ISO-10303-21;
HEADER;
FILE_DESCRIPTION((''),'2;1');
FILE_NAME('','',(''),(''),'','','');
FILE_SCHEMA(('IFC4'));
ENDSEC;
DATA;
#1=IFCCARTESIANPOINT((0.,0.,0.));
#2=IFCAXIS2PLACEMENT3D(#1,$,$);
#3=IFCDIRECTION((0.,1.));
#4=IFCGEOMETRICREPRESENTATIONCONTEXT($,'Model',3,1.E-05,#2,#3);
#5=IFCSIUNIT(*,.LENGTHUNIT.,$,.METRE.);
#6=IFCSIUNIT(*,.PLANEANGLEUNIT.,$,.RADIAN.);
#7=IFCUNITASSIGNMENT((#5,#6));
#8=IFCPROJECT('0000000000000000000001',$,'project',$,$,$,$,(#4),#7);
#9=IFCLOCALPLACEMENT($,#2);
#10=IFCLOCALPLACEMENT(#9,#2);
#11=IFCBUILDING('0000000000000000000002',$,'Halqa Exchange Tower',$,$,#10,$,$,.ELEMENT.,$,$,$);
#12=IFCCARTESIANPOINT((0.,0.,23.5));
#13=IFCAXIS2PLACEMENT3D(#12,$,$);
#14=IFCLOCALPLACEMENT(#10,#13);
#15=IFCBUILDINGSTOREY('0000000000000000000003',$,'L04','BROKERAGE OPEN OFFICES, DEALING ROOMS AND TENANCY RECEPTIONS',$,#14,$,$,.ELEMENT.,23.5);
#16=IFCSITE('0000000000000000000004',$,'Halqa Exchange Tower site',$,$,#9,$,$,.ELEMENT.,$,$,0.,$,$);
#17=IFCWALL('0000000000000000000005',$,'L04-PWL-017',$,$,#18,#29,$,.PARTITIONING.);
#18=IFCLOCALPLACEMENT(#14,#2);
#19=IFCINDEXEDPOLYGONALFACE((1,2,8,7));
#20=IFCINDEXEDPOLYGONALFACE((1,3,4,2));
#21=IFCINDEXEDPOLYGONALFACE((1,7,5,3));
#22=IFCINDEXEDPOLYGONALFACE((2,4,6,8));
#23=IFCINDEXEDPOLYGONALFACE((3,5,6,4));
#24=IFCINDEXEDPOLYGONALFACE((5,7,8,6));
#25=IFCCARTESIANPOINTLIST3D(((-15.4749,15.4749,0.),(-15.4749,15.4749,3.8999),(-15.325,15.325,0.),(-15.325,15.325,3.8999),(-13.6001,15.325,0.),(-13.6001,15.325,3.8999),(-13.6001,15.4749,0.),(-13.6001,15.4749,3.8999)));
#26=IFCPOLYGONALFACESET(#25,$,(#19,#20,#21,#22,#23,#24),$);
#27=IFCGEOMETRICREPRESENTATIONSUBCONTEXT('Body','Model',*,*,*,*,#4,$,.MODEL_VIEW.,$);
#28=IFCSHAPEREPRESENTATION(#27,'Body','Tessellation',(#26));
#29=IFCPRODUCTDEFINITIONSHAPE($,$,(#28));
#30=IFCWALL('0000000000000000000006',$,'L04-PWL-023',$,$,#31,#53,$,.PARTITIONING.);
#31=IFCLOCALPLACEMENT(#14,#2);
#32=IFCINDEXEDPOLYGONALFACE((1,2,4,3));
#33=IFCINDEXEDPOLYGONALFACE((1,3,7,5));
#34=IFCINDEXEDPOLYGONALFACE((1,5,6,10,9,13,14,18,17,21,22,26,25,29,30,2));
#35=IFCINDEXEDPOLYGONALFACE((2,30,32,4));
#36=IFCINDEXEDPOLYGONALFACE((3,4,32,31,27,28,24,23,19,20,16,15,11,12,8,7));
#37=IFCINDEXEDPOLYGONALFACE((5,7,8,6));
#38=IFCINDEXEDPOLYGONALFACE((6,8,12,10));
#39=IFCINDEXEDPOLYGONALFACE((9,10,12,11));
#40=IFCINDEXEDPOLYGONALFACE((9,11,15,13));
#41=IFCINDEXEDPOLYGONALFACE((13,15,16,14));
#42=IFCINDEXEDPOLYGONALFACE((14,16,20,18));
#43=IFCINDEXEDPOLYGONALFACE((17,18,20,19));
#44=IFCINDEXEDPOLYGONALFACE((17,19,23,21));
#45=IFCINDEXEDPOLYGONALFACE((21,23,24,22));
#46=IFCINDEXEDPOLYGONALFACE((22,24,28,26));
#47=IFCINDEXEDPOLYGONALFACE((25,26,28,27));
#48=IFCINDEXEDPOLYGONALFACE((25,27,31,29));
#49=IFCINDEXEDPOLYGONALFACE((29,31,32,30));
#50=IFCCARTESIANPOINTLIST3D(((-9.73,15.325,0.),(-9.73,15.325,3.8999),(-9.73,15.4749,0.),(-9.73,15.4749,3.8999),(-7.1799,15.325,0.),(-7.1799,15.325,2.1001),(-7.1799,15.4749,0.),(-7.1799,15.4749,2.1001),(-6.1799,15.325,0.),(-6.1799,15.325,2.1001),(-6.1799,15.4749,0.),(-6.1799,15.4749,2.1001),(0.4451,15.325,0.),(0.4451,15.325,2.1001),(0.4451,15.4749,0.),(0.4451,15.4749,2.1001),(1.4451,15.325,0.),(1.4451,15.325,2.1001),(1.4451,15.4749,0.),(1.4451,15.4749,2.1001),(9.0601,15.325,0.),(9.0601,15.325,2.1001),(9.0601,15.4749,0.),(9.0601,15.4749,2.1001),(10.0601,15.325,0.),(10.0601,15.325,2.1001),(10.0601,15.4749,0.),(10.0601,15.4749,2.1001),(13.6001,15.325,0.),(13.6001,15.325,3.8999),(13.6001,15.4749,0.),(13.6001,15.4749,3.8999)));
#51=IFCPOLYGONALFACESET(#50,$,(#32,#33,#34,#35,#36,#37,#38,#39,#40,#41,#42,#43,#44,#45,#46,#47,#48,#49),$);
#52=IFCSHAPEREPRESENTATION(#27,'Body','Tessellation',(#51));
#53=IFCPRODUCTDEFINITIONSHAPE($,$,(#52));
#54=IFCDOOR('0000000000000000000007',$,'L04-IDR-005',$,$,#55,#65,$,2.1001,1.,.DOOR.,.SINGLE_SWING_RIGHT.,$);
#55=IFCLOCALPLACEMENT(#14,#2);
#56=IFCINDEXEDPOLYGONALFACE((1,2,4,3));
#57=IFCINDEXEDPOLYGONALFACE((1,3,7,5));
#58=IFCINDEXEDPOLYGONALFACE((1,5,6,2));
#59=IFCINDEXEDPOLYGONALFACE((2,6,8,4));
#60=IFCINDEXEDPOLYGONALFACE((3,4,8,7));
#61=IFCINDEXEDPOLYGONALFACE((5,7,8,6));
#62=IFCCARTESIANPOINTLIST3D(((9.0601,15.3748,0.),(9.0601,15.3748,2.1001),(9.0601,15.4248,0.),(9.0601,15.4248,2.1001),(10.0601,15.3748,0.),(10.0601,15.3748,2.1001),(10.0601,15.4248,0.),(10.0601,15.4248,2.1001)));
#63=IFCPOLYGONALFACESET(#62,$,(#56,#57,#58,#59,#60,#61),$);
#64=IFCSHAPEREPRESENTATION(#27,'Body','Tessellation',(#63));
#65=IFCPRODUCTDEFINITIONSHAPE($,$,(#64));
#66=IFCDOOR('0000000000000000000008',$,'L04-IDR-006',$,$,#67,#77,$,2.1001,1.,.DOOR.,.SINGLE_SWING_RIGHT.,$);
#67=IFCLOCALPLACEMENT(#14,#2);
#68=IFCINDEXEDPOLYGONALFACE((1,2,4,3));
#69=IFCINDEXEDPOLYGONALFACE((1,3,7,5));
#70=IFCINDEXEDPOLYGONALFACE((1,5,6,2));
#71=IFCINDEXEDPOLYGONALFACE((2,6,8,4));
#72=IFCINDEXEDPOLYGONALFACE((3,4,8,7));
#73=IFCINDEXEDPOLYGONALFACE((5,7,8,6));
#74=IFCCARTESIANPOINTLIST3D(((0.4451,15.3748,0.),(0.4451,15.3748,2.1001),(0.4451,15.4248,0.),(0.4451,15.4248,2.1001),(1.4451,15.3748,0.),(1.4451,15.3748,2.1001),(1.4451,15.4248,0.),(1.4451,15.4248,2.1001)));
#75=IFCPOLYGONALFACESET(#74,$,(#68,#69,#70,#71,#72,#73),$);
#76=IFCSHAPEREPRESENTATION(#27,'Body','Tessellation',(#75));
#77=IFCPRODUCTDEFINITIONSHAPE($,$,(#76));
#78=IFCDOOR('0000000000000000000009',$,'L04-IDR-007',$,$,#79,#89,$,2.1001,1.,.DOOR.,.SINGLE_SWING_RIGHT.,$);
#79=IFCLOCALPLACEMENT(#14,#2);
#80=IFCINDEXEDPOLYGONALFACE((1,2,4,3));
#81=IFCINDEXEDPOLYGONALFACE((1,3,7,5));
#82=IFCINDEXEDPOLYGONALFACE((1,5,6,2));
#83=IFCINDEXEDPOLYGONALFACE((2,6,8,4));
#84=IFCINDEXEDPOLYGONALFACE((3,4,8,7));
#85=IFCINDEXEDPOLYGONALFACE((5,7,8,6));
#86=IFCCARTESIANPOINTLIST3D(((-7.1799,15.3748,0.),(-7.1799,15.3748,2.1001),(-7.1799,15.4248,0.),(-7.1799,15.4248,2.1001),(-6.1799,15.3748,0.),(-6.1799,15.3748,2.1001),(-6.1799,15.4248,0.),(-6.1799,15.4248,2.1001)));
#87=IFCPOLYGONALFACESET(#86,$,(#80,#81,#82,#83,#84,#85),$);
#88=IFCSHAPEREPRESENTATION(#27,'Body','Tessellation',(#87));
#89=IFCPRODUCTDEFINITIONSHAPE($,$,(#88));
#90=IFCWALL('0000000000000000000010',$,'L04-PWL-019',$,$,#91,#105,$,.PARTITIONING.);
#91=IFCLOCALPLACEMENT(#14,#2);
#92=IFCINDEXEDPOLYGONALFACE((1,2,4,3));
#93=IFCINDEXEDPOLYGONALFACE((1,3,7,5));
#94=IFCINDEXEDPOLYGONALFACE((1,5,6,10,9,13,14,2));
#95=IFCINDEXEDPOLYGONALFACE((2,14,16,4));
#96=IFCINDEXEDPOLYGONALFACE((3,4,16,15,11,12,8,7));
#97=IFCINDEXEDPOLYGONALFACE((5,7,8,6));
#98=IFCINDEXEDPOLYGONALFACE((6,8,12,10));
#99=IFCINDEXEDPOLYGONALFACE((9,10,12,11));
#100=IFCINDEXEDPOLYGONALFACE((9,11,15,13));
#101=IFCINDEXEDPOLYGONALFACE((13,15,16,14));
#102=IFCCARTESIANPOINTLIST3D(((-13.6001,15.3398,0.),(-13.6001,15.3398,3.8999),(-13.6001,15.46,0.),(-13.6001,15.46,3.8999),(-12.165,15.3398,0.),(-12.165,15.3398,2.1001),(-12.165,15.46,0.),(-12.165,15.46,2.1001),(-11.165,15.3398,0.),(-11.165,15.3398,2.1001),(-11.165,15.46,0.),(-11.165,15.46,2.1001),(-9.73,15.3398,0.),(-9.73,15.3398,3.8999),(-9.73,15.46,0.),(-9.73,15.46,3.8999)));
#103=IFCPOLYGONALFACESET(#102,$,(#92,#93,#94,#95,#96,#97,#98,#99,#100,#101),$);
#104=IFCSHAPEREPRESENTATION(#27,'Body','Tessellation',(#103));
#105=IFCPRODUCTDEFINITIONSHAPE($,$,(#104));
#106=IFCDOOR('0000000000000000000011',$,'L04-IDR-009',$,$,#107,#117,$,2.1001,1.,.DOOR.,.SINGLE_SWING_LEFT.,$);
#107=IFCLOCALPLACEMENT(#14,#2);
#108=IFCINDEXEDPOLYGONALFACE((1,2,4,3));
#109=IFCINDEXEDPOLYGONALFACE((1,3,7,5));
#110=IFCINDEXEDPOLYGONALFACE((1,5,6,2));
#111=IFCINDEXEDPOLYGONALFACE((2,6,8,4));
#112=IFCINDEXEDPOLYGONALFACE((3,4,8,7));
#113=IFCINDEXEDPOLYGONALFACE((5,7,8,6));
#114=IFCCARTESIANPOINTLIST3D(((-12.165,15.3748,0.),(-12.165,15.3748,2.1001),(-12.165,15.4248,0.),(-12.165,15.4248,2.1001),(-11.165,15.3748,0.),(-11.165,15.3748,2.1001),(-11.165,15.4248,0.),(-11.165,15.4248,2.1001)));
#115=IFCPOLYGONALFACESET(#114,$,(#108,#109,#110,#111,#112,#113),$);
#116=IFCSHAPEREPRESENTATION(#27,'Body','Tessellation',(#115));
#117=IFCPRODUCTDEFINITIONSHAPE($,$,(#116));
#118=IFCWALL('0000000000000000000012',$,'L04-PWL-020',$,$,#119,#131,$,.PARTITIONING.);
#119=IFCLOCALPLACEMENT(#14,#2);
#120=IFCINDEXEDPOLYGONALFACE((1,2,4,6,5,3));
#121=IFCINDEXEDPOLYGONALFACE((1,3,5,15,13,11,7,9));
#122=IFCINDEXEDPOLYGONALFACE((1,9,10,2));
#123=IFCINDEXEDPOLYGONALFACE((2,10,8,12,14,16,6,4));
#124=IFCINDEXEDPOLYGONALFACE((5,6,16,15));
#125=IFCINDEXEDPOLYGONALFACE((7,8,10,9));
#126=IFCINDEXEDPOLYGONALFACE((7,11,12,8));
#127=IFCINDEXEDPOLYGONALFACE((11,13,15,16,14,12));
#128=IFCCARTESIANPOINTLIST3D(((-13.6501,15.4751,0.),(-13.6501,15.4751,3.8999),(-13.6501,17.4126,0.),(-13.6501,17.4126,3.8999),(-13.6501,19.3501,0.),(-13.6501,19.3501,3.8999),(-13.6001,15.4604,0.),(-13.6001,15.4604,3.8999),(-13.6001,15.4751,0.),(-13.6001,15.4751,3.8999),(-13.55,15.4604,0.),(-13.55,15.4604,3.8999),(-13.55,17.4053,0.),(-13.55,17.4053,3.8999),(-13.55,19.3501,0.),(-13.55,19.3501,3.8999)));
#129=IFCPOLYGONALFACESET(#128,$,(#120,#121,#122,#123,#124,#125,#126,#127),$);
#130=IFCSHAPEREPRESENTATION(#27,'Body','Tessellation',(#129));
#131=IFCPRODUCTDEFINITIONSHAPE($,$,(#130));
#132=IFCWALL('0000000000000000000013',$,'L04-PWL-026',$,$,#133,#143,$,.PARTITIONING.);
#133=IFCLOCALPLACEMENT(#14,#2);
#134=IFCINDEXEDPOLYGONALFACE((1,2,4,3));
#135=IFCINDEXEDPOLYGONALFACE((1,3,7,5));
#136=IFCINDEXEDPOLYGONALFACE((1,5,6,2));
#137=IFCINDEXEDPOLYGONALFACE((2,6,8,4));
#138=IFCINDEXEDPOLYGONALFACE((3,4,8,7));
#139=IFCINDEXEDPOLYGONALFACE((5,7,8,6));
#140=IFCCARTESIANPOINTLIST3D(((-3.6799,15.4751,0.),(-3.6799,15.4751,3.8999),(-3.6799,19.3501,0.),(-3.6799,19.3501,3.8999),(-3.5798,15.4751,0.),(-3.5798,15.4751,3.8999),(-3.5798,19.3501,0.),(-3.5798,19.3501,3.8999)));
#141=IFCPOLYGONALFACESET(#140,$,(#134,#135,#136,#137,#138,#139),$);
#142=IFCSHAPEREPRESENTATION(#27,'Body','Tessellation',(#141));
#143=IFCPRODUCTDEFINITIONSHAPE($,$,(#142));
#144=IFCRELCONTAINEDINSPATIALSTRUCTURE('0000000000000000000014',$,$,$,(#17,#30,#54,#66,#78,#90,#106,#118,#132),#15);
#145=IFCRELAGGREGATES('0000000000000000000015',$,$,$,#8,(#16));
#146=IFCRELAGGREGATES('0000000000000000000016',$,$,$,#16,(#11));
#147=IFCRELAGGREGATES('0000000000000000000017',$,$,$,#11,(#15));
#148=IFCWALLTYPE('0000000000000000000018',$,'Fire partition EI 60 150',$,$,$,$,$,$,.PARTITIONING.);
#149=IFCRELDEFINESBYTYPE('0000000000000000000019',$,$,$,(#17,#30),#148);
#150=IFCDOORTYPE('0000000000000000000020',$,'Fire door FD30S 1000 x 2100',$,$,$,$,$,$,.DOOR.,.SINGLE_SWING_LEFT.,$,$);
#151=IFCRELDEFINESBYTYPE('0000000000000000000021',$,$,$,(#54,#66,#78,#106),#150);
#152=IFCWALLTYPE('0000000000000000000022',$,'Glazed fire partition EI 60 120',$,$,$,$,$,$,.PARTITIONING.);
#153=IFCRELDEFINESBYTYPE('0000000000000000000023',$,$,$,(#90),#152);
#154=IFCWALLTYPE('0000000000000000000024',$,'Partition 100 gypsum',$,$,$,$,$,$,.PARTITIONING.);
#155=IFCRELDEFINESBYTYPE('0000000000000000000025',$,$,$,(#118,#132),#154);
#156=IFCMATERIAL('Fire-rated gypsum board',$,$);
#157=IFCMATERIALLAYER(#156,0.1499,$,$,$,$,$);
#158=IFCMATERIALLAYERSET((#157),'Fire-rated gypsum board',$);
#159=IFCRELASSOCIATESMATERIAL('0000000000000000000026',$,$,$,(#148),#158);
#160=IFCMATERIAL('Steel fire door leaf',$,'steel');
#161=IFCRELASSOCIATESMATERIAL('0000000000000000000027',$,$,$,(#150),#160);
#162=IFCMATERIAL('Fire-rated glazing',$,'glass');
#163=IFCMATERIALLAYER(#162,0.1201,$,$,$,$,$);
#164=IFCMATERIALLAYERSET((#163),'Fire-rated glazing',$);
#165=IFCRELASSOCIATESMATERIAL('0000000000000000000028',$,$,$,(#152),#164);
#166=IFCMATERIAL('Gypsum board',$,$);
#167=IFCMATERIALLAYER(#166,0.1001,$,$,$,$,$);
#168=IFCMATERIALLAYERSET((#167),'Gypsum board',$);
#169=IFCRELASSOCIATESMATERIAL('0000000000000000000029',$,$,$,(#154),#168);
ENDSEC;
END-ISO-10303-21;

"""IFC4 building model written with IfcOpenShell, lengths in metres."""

from ifc_helpers import new_model, si_unit, direction, frame, frame_2d, origin, place, context, subcontext, project, spatial, polyline, rectangle, outline, extrude, material, layer, layer_set, type_object, element, fill, save


model = new_model("IFC4")

# Units and contexts
model_context = context("Model", 3, precision=1e-05, world=origin(), true_north=direction((0.0, 1.0)))
body_context = subcontext(model_context, "Body", "Model", "MODEL_VIEW")
ifc_project = project(units=[si_unit("LENGTHUNIT", "METRE"), si_unit("PLANEANGLEUNIT", "RADIAN")], contexts=[model_context])

# Site, building, storey
site_placement = place(None, origin())
site = spatial("IfcSite", under=ifc_project, at=site_placement, Name="Halqa Exchange Tower site", CompositionType="ELEMENT", RefElevation=0.0)
building_placement = place(site_placement, origin())
building = spatial("IfcBuilding", under=site, at=building_placement, Name="Halqa Exchange Tower", CompositionType="ELEMENT")
storey_placement = place(building_placement, frame((0.0, 0.0, 23.5)))
storey = spatial("IfcBuildingStorey", under=building, at=storey_placement, Name="L04", Description="BROKERAGE OPEN OFFICES, DEALING ROOMS AND TENANCY RECEPTIONS", CompositionType="ELEMENT", Elevation=23.5)

# Wall
ifc_material_1 = material(Name="Fire-rated gypsum board")
ifc_layer_1 = layer(ifc_material_1, 0.1499)
ifc_layer_set_1 = layer_set([ifc_layer_1], Name="Fire-rated gypsum board")
wall_type_1 = type_object("IfcWallType", Name="Fire partition EI 60 150", PredefinedType="PARTITIONING", material=ifc_layer_set_1)
wall_1_placement = place(storey_placement, frame((-15.4751, 15.3999, 0.0), z_axis=(0.0, 0.0, 1.0), x_axis=(1.0, 0.0, 0.0)))
element("IfcWall", 1, at=wall_1_placement, inside=storey, type_object=wall_type_1, Name="L04-PWL-017", PredefinedType="PARTITIONING", context=body_context, shape_type="SweptSolid", body=[
    extrude(outline(polyline([(1.875, 0.075), (0.0002, 0.075), (0.1501, -0.075), (1.875, -0.075), (1.875, 0.075)])), origin(), (0.0, 0.0, 1.0), 3.8999),
])

# Wall, openings, doors
wall_2_placement = place(storey_placement, frame((-9.73, 15.3999, 0.0), z_axis=(0.0, 0.0, 1.0), x_axis=(1.0, 0.0, 0.0)))
wall_2 = element("IfcWall", 2, at=wall_2_placement, inside=storey, type_object=wall_type_1, Name="L04-PWL-023", PredefinedType="PARTITIONING", context=body_context, shape_type="SweptSolid", body=[
    extrude(rectangle(XDim=23.3301, YDim=0.1499, at=frame_2d((11.665, 0.0))), origin(), (0.0, 0.0, 1.0), 3.8999),
])
opening_1_placement = place(wall_2_placement, frame((18.79, 0.0, 0.0)))
opening_1 = element("IfcOpeningElement", 3, at=opening_1_placement, cuts=wall_2, PredefinedType="OPENING", context=body_context, shape_type="SweptSolid", body=[
    extrude(rectangle(XDim=1.0, YDim=2.1001, at=frame_2d((0.5, 1.05))), frame((0.0, 0.0869, 0.0), z_axis=(0.0, -1.0, 0.0), x_axis=(1.0, 0.0, 0.0)), (0.0, 0.0, 1.0), 0.1738),
])
opening_2_placement = place(wall_2_placement, frame((10.175, 0.0, 0.0)))
opening_2 = element("IfcOpeningElement", 4, at=opening_2_placement, cuts=wall_2, PredefinedType="OPENING", context=body_context, shape_type="SweptSolid", body=[
    extrude(rectangle(XDim=1.0, YDim=2.1001, at=frame_2d((0.5, 1.05))), frame((0.0, 0.0869, 0.0), z_axis=(0.0, -1.0, 0.0), x_axis=(1.0, 0.0, 0.0)), (0.0, 0.0, 1.0), 0.1738),
])
opening_3_placement = place(wall_2_placement, frame((2.55, 0.0, 0.0)))
opening_3 = element("IfcOpeningElement", 5, at=opening_3_placement, cuts=wall_2, PredefinedType="OPENING", context=body_context, shape_type="SweptSolid", body=[
    extrude(rectangle(XDim=1.0, YDim=2.1001, at=frame_2d((0.5, 1.05))), frame((0.0, 0.0869, 0.0), z_axis=(0.0, -1.0, 0.0), x_axis=(1.0, 0.0, 0.0)), (0.0, 0.0, 1.0), 0.1738),
])
ifc_material_2 = material(Name="Steel fire door leaf", Category="steel")
door_type_1 = type_object("IfcDoorType", Name="Fire door FD30S 1000 x 2100", OperationType="SINGLE_SWING_LEFT", PredefinedType="DOOR", material=ifc_material_2)
door_1_placement = place(opening_1_placement, origin())
door_1 = element("IfcDoor", 6, at=door_1_placement, inside=storey, type_object=door_type_1, Name="L04-IDR-005", OperationType="SINGLE_SWING_RIGHT", OverallHeight=2.1001, OverallWidth=1.0, PredefinedType="DOOR", context=body_context, shape_type="SweptSolid", body=[
    extrude(rectangle(XDim=1.0, YDim=2.1001, at=frame_2d((0.5, 1.05))), frame((0.0, 0.0249, 0.0), z_axis=(0.0, -1.0, 0.0), x_axis=(1.0, 0.0, 0.0)), (0.0, 0.0, 1.0), 0.05),
])
fill(opening_1, door_1)
door_2_placement = place(opening_2_placement, origin())
door_2 = element("IfcDoor", 7, at=door_2_placement, inside=storey, type_object=door_type_1, Name="L04-IDR-006", OperationType="SINGLE_SWING_RIGHT", OverallHeight=2.1001, OverallWidth=1.0, PredefinedType="DOOR", context=body_context, shape_type="SweptSolid", body=[
    extrude(rectangle(XDim=1.0, YDim=2.1001, at=frame_2d((0.5, 1.05))), frame((0.0, 0.0249, 0.0), z_axis=(0.0, -1.0, 0.0), x_axis=(1.0, 0.0, 0.0)), (0.0, 0.0, 1.0), 0.05),
])
fill(opening_2, door_2)
door_3_placement = place(opening_3_placement, origin())
door_3 = element("IfcDoor", 8, at=door_3_placement, inside=storey, type_object=door_type_1, Name="L04-IDR-007", OperationType="SINGLE_SWING_RIGHT", OverallHeight=2.1001, OverallWidth=1.0, PredefinedType="DOOR", context=body_context, shape_type="SweptSolid", body=[
    extrude(rectangle(XDim=1.0, YDim=2.1001, at=frame_2d((0.5, 1.05))), frame((0.0, 0.0249, 0.0), z_axis=(0.0, -1.0, 0.0), x_axis=(1.0, 0.0, 0.0)), (0.0, 0.0, 1.0), 0.05),
])
fill(opening_3, door_3)

# Wall, opening, door
ifc_material_3 = material(Name="Fire-rated glazing", Category="glass")
ifc_layer_2 = layer(ifc_material_3, 0.1201)
ifc_layer_set_2 = layer_set([ifc_layer_2], Name="Fire-rated glazing")
wall_type_2 = type_object("IfcWallType", Name="Glazed fire partition EI 60 120", PredefinedType="PARTITIONING", material=ifc_layer_set_2)
wall_3_placement = place(storey_placement, frame((-13.6001, 15.3999, 0.0), z_axis=(0.0, 0.0, 1.0), x_axis=(1.0, 0.0, 0.0)))
wall_3 = element("IfcWall", 9, at=wall_3_placement, inside=storey, type_object=wall_type_2, Name="L04-PWL-019", PredefinedType="PARTITIONING", context=body_context, shape_type="SweptSolid", body=[
    extrude(rectangle(XDim=3.8701, YDim=0.1201, at=frame_2d((1.9351, 0.0))), origin(), (0.0, 0.0, 1.0), 3.8999),
])
opening_4_placement = place(wall_3_placement, frame((1.4351, 0.0, 0.0)))
opening_4 = element("IfcOpeningElement", 10, at=opening_4_placement, cuts=wall_3, PredefinedType="OPENING", context=body_context, shape_type="SweptSolid", body=[
    extrude(rectangle(XDim=1.0, YDim=2.1001, at=frame_2d((0.5, 1.05))), frame((0.0, 0.072, 0.0), z_axis=(0.0, -1.0, 0.0), x_axis=(1.0, 0.0, 0.0)), (0.0, 0.0, 1.0), 0.144),
])
door_4_placement = place(opening_4_placement, origin())
door_4 = element("IfcDoor", 11, at=door_4_placement, inside=storey, type_object=door_type_1, Name="L04-IDR-009", OperationType="SINGLE_SWING_LEFT", OverallHeight=2.1001, OverallWidth=1.0, PredefinedType="DOOR", context=body_context, shape_type="SweptSolid", body=[
    extrude(rectangle(XDim=1.0, YDim=2.1001, at=frame_2d((0.5, 1.05))), frame((0.0, 0.0249, 0.0), z_axis=(0.0, -1.0, 0.0), x_axis=(1.0, 0.0, 0.0)), (0.0, 0.0, 1.0), 0.05),
])
fill(opening_4, door_4)

# Wall
ifc_material_4 = material(Name="Gypsum board")
ifc_layer_3 = layer(ifc_material_4, 0.1001)
ifc_layer_set_3 = layer_set([ifc_layer_3], Name="Gypsum board")
wall_type_3 = type_object("IfcWallType", Name="Partition 100 gypsum", PredefinedType="PARTITIONING", material=ifc_layer_set_3)
wall_4_placement = place(storey_placement, frame((-13.6001, 19.3501, 0.0), z_axis=(0.0, 0.0, 1.0), x_axis=(0.0, -1.0, 0.0)))
element("IfcWall", 12, at=wall_4_placement, inside=storey, type_object=wall_type_3, Name="L04-PWL-020", PredefinedType="PARTITIONING", context=body_context, shape_type="SweptSolid", body=[
    extrude(outline(polyline([(0.0, -0.05), (1.9375, -0.05), (3.875, -0.05), (3.875, 0.0), (3.8896, 0.0), (3.8896, 0.05), (1.9448, 0.05), (0.0, 0.05), (0.0, -0.05)])), origin(), (0.0, 0.0, 1.0), 3.8999),
])

# Wall
wall_5_placement = place(storey_placement, frame((-3.6299, 15.4751, 0.0), z_axis=(0.0, 0.0, 1.0), x_axis=(0.0, 1.0, 0.0)))
element("IfcWall", 13, at=wall_5_placement, inside=storey, type_object=wall_type_3, Name="L04-PWL-026", PredefinedType="PARTITIONING", context=body_context, shape_type="SweptSolid", body=[
    extrude(rectangle(XDim=3.875, YDim=0.1001, at=frame_2d((1.9375, 0.0))), origin(), (0.0, 0.0, 1.0), 3.8999),
])

save(model, "model.ifc")
